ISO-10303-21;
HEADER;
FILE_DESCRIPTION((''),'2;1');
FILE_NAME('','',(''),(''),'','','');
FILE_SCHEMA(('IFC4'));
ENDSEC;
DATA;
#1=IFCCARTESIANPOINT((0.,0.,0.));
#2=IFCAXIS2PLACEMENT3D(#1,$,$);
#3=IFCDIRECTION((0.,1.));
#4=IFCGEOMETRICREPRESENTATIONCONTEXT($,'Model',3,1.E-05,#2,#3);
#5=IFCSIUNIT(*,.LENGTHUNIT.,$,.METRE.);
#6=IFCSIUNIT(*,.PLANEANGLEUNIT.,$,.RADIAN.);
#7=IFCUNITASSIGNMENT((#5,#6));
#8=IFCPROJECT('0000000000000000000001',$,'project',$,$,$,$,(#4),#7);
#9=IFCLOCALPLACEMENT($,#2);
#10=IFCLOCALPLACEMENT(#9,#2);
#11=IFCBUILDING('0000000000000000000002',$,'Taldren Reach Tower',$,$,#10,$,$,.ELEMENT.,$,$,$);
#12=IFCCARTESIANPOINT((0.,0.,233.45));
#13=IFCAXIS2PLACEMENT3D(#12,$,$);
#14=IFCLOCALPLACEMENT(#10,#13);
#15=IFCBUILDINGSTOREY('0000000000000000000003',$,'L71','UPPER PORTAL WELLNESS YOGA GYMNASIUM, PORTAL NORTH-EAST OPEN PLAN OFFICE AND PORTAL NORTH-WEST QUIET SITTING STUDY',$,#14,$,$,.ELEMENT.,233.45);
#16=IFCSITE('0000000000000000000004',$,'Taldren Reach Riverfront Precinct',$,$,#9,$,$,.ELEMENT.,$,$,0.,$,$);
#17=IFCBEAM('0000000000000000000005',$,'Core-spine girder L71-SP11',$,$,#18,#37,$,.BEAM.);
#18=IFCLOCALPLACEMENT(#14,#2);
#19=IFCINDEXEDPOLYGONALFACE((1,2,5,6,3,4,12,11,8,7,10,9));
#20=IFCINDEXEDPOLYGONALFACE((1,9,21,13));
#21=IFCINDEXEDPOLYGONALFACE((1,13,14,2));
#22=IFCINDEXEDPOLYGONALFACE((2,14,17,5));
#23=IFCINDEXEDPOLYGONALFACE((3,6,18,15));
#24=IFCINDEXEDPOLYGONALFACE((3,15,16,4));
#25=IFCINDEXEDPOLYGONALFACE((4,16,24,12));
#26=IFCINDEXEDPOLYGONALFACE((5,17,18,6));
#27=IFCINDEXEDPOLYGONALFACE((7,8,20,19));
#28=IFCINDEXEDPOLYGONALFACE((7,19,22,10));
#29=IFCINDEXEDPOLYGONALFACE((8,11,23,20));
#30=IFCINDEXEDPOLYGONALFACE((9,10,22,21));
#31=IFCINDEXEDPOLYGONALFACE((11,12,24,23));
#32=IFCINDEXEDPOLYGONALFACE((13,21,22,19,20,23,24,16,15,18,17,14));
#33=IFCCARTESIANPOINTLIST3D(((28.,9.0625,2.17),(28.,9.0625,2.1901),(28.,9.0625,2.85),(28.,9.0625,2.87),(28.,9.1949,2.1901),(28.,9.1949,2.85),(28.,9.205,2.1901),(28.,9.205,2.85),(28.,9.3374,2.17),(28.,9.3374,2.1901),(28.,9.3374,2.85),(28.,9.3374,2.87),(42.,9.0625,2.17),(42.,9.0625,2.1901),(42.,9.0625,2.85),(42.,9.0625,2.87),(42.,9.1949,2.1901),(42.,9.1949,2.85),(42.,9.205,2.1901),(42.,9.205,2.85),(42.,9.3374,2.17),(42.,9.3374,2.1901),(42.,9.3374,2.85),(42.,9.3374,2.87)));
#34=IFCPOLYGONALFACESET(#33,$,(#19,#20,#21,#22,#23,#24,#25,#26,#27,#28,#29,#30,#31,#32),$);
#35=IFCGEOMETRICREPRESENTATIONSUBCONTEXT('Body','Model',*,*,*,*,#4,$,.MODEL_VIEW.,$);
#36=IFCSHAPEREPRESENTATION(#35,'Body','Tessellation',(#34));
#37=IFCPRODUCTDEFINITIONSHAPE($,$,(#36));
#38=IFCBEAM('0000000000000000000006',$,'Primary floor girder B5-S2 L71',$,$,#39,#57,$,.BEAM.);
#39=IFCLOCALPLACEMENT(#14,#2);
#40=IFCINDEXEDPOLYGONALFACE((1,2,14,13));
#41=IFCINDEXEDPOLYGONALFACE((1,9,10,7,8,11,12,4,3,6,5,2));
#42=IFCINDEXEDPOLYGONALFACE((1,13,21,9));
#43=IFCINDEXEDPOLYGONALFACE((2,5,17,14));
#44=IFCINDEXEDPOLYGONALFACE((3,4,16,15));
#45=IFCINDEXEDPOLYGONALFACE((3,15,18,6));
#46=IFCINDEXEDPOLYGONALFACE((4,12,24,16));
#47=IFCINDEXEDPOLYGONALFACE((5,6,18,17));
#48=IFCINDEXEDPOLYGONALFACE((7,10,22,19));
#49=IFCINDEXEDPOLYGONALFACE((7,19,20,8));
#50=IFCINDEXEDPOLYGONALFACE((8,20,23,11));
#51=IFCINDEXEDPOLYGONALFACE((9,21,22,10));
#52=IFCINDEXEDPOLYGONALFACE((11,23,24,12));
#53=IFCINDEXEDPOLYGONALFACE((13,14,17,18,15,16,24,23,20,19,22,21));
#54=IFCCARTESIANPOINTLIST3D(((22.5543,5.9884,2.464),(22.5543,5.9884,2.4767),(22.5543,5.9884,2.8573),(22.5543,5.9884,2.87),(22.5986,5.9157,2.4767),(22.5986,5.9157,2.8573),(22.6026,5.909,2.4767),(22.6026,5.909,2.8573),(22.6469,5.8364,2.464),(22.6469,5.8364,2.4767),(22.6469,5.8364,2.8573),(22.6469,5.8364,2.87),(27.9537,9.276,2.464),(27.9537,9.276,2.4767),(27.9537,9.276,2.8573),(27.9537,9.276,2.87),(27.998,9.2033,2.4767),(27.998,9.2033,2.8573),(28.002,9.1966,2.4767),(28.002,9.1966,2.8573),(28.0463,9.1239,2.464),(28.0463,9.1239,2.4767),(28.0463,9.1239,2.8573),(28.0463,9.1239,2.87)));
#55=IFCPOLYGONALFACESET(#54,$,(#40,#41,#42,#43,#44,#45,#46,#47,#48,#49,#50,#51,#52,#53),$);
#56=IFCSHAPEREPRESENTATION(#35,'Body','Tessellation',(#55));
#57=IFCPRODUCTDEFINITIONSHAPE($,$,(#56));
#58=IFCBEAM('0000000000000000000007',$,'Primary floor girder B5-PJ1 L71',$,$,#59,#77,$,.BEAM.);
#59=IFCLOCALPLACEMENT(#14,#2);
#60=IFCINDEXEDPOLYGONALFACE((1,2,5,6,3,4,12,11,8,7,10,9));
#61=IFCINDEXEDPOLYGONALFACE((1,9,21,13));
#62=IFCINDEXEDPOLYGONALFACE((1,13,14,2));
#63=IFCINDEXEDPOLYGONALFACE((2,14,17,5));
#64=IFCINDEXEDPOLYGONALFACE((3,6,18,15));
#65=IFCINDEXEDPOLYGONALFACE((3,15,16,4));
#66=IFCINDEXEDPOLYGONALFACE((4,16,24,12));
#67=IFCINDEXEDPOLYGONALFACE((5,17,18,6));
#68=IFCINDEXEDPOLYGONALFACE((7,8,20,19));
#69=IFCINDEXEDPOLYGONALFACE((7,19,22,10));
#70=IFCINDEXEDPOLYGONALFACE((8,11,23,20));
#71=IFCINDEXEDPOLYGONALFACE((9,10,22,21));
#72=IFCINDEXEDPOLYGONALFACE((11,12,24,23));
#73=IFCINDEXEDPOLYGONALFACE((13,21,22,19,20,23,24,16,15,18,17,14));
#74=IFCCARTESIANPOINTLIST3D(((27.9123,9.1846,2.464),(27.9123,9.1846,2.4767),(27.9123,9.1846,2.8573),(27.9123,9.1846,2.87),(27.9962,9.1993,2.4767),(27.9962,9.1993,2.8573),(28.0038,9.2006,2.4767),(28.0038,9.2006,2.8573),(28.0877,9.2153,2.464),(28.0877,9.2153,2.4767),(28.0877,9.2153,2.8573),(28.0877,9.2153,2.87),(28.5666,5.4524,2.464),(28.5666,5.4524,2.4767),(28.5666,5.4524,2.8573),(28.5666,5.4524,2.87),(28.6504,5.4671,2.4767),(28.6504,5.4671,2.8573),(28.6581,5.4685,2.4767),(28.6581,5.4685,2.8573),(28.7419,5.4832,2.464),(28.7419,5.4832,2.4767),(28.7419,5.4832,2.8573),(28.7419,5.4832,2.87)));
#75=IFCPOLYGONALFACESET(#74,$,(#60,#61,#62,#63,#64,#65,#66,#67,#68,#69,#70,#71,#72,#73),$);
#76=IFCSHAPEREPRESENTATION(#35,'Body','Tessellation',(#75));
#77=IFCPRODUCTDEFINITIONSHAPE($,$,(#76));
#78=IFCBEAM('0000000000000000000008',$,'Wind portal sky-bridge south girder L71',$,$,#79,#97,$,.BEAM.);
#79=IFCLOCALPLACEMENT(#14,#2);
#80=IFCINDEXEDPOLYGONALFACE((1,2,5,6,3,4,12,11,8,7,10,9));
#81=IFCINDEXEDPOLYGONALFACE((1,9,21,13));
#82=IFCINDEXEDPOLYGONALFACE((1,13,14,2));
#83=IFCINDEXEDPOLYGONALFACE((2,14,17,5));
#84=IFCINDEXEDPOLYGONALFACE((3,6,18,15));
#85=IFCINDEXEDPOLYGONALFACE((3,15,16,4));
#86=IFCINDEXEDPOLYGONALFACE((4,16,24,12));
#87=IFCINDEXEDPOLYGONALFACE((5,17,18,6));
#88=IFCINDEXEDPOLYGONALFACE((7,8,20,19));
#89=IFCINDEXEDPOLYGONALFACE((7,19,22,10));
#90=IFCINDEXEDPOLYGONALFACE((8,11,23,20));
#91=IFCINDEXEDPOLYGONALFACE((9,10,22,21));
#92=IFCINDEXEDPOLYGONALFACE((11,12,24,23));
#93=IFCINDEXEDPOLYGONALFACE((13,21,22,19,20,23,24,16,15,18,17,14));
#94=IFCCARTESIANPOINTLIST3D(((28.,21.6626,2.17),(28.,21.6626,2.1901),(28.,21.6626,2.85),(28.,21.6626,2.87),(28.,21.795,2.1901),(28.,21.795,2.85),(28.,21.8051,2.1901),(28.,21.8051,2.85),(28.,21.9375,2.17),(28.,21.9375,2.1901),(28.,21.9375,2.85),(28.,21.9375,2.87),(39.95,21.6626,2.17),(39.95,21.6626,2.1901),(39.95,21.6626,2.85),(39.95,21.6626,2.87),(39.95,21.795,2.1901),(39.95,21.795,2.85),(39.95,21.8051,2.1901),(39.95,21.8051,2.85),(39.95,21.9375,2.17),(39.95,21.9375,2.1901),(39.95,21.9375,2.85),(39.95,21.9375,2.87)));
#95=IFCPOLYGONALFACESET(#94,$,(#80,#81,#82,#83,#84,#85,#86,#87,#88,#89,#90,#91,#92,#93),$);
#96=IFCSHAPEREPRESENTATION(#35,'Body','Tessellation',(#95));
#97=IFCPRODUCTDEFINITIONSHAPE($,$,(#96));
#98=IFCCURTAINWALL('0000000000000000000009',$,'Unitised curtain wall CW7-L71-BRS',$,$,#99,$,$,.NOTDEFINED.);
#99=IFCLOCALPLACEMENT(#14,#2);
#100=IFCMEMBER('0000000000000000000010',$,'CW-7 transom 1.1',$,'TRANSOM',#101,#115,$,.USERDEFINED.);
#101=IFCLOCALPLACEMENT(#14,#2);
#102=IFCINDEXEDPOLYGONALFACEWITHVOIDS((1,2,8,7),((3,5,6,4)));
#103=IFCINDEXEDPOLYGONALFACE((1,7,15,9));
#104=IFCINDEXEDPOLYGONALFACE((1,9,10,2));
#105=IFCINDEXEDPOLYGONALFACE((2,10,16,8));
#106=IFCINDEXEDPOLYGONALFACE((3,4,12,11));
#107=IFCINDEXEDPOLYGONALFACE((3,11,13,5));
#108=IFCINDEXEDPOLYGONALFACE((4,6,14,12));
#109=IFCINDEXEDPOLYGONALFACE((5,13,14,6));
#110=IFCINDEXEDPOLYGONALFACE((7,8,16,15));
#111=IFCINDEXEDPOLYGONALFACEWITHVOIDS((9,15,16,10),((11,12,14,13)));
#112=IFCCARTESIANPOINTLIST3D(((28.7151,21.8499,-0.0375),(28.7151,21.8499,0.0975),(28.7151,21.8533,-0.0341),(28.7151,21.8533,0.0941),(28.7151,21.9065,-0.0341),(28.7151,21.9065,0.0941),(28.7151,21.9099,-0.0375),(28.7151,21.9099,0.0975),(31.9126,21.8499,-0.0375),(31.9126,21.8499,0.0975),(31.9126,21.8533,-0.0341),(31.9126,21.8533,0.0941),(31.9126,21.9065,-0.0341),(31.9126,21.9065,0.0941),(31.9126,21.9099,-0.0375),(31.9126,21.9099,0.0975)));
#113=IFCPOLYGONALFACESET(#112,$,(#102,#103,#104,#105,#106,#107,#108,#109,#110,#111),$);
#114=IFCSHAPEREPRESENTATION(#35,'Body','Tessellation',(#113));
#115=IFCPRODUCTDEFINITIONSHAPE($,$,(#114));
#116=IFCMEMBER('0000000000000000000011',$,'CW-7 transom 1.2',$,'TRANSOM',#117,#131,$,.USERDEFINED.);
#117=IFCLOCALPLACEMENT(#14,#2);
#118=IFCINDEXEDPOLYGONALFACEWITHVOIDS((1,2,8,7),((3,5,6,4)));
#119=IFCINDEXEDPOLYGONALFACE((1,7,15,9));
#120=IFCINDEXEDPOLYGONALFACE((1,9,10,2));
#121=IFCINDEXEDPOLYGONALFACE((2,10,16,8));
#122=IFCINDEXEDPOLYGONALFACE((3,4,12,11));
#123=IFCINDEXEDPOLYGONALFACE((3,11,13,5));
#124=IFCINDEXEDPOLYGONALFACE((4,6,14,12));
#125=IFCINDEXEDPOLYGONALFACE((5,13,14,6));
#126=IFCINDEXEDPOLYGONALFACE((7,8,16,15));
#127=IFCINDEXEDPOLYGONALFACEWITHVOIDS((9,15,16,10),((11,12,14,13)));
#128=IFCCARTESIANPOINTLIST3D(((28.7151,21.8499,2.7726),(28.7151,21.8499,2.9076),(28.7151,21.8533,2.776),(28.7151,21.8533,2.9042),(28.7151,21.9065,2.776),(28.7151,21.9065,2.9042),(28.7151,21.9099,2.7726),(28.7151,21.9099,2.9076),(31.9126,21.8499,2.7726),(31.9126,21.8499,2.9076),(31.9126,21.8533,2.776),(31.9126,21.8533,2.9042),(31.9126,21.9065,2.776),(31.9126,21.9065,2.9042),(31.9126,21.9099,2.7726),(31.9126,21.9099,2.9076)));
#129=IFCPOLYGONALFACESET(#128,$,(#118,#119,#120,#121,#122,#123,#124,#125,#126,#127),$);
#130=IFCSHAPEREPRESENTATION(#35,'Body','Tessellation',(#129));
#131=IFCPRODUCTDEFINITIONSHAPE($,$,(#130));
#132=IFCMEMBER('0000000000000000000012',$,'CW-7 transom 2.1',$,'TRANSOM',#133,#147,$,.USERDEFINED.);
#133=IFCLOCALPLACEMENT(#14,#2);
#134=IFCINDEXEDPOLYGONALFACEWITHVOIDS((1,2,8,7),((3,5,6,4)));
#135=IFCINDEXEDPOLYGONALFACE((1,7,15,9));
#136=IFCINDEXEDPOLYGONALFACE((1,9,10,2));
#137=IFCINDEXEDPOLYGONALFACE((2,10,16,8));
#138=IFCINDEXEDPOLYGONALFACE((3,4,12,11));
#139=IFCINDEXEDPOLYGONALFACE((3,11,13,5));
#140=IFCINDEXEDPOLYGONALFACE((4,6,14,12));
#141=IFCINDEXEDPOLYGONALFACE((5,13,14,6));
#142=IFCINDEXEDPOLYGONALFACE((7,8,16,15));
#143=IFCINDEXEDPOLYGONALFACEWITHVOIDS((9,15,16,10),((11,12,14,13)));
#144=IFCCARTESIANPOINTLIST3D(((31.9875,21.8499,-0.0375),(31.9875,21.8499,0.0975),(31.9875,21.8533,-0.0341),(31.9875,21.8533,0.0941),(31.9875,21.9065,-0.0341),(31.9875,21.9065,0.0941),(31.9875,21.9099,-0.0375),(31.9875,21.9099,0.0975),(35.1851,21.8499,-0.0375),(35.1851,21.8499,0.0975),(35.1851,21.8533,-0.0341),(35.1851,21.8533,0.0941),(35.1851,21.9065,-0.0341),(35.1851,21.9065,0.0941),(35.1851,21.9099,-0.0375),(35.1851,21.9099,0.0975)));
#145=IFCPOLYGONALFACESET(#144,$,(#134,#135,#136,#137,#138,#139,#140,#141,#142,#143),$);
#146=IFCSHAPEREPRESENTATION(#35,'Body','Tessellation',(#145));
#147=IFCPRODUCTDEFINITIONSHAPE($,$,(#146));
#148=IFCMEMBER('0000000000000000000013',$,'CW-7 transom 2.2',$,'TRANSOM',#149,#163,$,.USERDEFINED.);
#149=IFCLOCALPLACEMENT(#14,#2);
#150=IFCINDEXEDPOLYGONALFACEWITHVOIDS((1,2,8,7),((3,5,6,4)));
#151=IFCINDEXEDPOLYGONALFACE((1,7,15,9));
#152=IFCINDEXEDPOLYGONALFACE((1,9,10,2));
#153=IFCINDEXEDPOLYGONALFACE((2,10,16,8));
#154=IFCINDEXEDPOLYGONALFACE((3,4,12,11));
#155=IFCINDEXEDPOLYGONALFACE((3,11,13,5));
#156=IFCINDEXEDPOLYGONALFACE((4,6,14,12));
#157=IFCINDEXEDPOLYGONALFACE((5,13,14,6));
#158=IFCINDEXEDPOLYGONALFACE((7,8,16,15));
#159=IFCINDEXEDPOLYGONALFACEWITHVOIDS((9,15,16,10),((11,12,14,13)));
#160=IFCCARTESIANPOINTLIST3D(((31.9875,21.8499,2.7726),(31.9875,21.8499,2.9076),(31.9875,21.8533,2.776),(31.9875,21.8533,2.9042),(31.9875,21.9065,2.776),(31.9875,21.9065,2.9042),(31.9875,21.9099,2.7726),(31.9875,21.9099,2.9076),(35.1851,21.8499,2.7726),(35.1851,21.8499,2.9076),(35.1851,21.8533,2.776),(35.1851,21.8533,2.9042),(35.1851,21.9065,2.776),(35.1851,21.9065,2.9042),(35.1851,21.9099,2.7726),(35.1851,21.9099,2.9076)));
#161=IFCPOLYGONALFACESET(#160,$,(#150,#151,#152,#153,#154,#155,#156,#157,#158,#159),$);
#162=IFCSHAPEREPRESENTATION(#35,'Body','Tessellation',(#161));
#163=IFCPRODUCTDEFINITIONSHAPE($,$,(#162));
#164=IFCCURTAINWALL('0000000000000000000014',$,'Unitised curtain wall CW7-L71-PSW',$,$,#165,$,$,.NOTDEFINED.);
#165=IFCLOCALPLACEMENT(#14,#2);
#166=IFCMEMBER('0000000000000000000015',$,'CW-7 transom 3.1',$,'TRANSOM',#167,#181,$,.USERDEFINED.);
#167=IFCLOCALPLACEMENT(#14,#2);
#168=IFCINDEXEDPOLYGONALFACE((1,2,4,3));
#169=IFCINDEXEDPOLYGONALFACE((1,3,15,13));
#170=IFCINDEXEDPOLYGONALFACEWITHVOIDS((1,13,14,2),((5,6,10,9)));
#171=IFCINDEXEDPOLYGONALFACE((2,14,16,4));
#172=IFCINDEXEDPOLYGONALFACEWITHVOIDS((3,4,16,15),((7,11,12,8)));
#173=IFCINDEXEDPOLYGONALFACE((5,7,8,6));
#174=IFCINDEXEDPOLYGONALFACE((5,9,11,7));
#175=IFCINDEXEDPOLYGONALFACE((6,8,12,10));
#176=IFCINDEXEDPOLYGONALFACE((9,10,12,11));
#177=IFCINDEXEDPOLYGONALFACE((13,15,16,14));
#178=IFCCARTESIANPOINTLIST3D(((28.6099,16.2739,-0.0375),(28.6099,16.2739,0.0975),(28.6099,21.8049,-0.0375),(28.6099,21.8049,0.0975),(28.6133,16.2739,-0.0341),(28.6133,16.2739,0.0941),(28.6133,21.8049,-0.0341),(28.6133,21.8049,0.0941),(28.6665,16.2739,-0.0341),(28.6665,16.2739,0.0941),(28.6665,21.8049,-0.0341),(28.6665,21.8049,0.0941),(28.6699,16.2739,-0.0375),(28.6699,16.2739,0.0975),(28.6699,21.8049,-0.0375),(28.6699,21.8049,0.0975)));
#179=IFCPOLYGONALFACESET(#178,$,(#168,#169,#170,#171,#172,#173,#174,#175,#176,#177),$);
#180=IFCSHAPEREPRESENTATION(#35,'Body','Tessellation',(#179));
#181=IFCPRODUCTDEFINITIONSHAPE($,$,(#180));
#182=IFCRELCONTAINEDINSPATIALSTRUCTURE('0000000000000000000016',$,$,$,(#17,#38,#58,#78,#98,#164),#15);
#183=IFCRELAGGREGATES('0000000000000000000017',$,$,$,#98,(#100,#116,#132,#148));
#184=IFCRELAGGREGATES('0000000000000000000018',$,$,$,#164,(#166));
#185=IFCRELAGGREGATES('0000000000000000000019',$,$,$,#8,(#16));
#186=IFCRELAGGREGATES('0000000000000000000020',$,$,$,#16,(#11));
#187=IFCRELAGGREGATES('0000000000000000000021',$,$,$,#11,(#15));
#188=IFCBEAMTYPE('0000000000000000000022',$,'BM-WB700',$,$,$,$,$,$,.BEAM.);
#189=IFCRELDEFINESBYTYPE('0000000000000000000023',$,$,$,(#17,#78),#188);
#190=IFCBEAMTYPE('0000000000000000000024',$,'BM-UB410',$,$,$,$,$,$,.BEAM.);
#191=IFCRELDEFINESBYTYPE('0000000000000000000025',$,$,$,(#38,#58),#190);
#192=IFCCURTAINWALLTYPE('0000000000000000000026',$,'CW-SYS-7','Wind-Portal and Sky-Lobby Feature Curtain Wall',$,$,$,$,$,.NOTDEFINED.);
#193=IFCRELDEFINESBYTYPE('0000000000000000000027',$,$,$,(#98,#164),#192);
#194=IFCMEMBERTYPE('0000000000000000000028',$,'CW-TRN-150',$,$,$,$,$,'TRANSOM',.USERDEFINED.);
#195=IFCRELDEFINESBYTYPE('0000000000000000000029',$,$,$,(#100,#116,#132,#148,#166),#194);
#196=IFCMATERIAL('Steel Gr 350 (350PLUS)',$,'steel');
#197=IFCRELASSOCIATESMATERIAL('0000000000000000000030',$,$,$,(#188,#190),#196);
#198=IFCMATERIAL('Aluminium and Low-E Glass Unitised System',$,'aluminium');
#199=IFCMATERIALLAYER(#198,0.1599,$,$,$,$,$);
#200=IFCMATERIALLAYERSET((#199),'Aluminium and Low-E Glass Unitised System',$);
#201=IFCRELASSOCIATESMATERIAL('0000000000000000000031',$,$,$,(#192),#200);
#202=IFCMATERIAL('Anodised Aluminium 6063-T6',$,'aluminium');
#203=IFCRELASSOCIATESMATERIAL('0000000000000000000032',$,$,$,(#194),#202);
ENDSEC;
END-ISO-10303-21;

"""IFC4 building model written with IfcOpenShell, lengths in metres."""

from ifc_helpers import new_model, si_unit, direction, frame, origin, origin_2d, place, context, subcontext, project, spatial, hollow_rectangle, i_section, extrude, source, transform, mapped, material, layer, layer_set, material_profile, profile_set, type_object, element, aggregate, save


model = new_model("IFC4")

# Units and contexts
model_context = context("Model", 3, precision=1e-05, world=origin(), true_north=direction((0.0, 1.0)))
body_context = subcontext(model_context, "Body", "Model", "MODEL_VIEW")
ifc_project = project(units=[si_unit("LENGTHUNIT", "METRE"), si_unit("PLANEANGLEUNIT", "RADIAN")], contexts=[model_context])

# Site, building, storey
site_placement = place(None, origin())
site = spatial("IfcSite", under=ifc_project, at=site_placement, Name="Taldren Reach Riverfront Precinct", CompositionType="ELEMENT", RefElevation=0.0)
building_placement = place(site_placement, origin())
building = spatial("IfcBuilding", under=site, at=building_placement, Name="Taldren Reach Tower", CompositionType="ELEMENT")
storey_placement = place(building_placement, frame((0.0, 0.0, 233.45)))
storey = spatial("IfcBuildingStorey", under=building, at=storey_placement, Name="L71", Description="UPPER PORTAL WELLNESS YOGA GYMNASIUM, PORTAL NORTH-EAST OPEN PLAN OFFICE AND PORTAL NORTH-WEST QUIET SITTING STUDY", CompositionType="ELEMENT", Elevation=233.45)

# Beams
ifc_material_1 = material(Name="Steel Gr 350 (350PLUS)", Category="steel")
ifc_material_profile_1 = material_profile(ifc_material_1, i_section(OverallWidth=0.2749, OverallDepth=0.7, WebThickness=0.01, FlangeThickness=0.02, at=origin_2d()), Name="700WB150")
ifc_profile_set_1 = profile_set([ifc_material_profile_1], Name="Steel Gr 350 (350PLUS)")
beam_type_1 = type_object("IfcBeamType", Name="BM-WB700", PredefinedType="BEAM", material=ifc_profile_set_1)
shared_shape_1 = source(origin(), body_context, "Body", "SweptSolid", [
    extrude(i_section(OverallWidth=0.2749, OverallDepth=0.7, WebThickness=0.01, FlangeThickness=0.02, at=origin_2d()), origin(), (0.0, 0.0, 1.0), 14.0),
])
beam_1_placement = place(storey_placement, frame((28.0, 9.2, 2.52), z_axis=(1.0, 0.0, 0.0), x_axis=(0.0, 1.0, 0.0)))
element("IfcBeam", 1, at=beam_1_placement, inside=storey, type_object=beam_type_1, Name="Core-spine girder L71-SP11", PredefinedType="BEAM", context=body_context, shape_type="MappedRepresentation", body=[
    mapped(shared_shape_1, transform((0.0, 0.0, 0.0), scale=1.0)),
])
ifc_material_profile_2 = material_profile(ifc_material_1, i_section(OverallWidth=0.178, OverallDepth=0.406, WebThickness=0.0078, FlangeThickness=0.0127, at=origin_2d()), Name="410UB59.7")
ifc_profile_set_2 = profile_set([ifc_material_profile_2], Name="Steel Gr 350 (350PLUS)")
beam_type_2 = type_object("IfcBeamType", Name="BM-UB410", PredefinedType="BEAM", material=ifc_profile_set_2)
shared_shape_2 = source(origin(), body_context, "Body", "SweptSolid", [
    extrude(i_section(OverallWidth=0.178, OverallDepth=0.406, WebThickness=0.0078, FlangeThickness=0.0127, at=origin_2d()), origin(), (0.0, 0.0, 1.0), 6.3215),
])
beam_2_placement = place(storey_placement, frame((28.0, 9.2, 2.667), z_axis=(-0.854128, -0.520062, 0.0), x_axis=(0.520062, -0.854128, 0.0)))
element("IfcBeam", 2, at=beam_2_placement, inside=storey, type_object=beam_type_2, Name="Primary floor girder B5-S2 L71", PredefinedType="BEAM", context=body_context, shape_type="MappedRepresentation", body=[
    mapped(shared_shape_2, transform((0.0, 0.0, 0.0), scale=1.0)),
])
shared_shape_3 = source(origin(), body_context, "Body", "SweptSolid", [
    extrude(i_section(OverallWidth=0.178, OverallDepth=0.406, WebThickness=0.0078, FlangeThickness=0.0127, at=origin_2d()), origin(), (0.0, 0.0, 1.0), 3.7891),
])
beam_3_placement = place(storey_placement, frame((28.0, 9.2, 2.667), z_axis=(0.172679, -0.984978, 0.0), x_axis=(0.984978, 0.172679, 0.0)))
element("IfcBeam", 3, at=beam_3_placement, inside=storey, type_object=beam_type_2, Name="Primary floor girder B5-PJ1 L71", PredefinedType="BEAM", context=body_context, shape_type="MappedRepresentation", body=[
    mapped(shared_shape_3, transform((0.0, 0.0, 0.0), scale=1.0)),
])
shared_shape_4 = source(origin(), body_context, "Body", "SweptSolid", [
    extrude(i_section(OverallWidth=0.2749, OverallDepth=0.7, WebThickness=0.01, FlangeThickness=0.02, at=origin_2d()), origin(), (0.0, 0.0, 1.0), 11.95),
])
beam_4_placement = place(storey_placement, frame((28.0, 21.8, 2.52), z_axis=(1.0, 0.0, 0.0), x_axis=(0.0, 1.0, 0.0)))
element("IfcBeam", 4, at=beam_4_placement, inside=storey, type_object=beam_type_1, Name="Wind portal sky-bridge south girder L71", PredefinedType="BEAM", context=body_context, shape_type="MappedRepresentation", body=[
    mapped(shared_shape_4, transform((0.0, 0.0, 0.0), scale=1.0)),
])

# Curtain walls, members
ifc_material_2 = material(Name="Aluminium and Low-E Glass Unitised System", Category="aluminium")
ifc_layer_1 = layer(ifc_material_2, 0.1599)
ifc_layer_set_1 = layer_set([ifc_layer_1], Name="Aluminium and Low-E Glass Unitised System")
curtain_wall_type = type_object("IfcCurtainWallType", Name="CW-SYS-7", Description="Wind-Portal and Sky-Lobby Feature Curtain Wall", PredefinedType="NOTDEFINED", material=ifc_layer_set_1)
curtain_wall_1_placement = place(storey_placement, origin())
curtain_wall_1 = element("IfcCurtainWall", 5, at=curtain_wall_1_placement, inside=storey, type_object=curtain_wall_type, Name="Unitised curtain wall CW7-L71-BRS", PredefinedType="NOTDEFINED")
ifc_material_3 = material(Name="Anodised Aluminium 6063-T6", Category="aluminium")
ifc_material_profile_3 = material_profile(ifc_material_3, hollow_rectangle(XDim=0.0601, YDim=0.135, WallThickness=0.0034, at=origin_2d()), Name="ALU-135x60x3.5RHS")
ifc_profile_set_3 = profile_set([ifc_material_profile_3], Name="Anodised Aluminium 6063-T6")
member_type_1 = type_object("IfcMemberType", Name="CW-TRN-150", ElementType="TRANSOM", PredefinedType="USERDEFINED", material=ifc_profile_set_3)
shared_shape_5 = source(origin(), body_context, "Body", "SweptSolid", [
    extrude(hollow_rectangle(XDim=0.0601, YDim=0.135, WallThickness=0.0034, at=origin_2d()), origin(), (0.0, 0.0, 1.0), 3.1975),
])
member_1_placement = place(storey_placement, frame((28.7151, 21.8799, 0.03), z_axis=(1.0, 0.0, 0.0), x_axis=(0.0, 1.0, 0.0)))
member_1 = element("IfcMember", 6, at=member_1_placement, type_object=member_type_1, Name="CW-7 transom 1.1", ObjectType="TRANSOM", PredefinedType="USERDEFINED", context=body_context, shape_type="MappedRepresentation", body=[
    mapped(shared_shape_5, transform((0.0, 0.0, 0.0), scale=1.0)),
])
member_2_placement = place(storey_placement, frame((28.7151, 21.8799, 2.8401), z_axis=(1.0, 0.0, 0.0), x_axis=(0.0, 1.0, 0.0)))
member_2 = element("IfcMember", 7, at=member_2_placement, type_object=member_type_1, Name="CW-7 transom 1.2", ObjectType="TRANSOM", PredefinedType="USERDEFINED", context=body_context, shape_type="MappedRepresentation", body=[
    mapped(shared_shape_5, transform((0.0, 0.0, 0.0), scale=1.0)),
])
member_3_placement = place(storey_placement, frame((31.9875, 21.8799, 0.03), z_axis=(1.0, 0.0, 0.0), x_axis=(0.0, 1.0, 0.0)))
member_3 = element("IfcMember", 8, at=member_3_placement, type_object=member_type_1, Name="CW-7 transom 2.1", ObjectType="TRANSOM", PredefinedType="USERDEFINED", context=body_context, shape_type="MappedRepresentation", body=[
    mapped(shared_shape_5, transform((0.0, 0.0, 0.0), scale=1.0)),
])
member_4_placement = place(storey_placement, frame((31.9875, 21.8799, 2.8401), z_axis=(1.0, 0.0, 0.0), x_axis=(0.0, 1.0, 0.0)))
member_4 = element("IfcMember", 9, at=member_4_placement, type_object=member_type_1, Name="CW-7 transom 2.2", ObjectType="TRANSOM", PredefinedType="USERDEFINED", context=body_context, shape_type="MappedRepresentation", body=[
    mapped(shared_shape_5, transform((0.0, 0.0, 0.0), scale=1.0)),
])
curtain_wall_2_placement = place(storey_placement, origin())
curtain_wall_2 = element("IfcCurtainWall", 10, at=curtain_wall_2_placement, inside=storey, type_object=curtain_wall_type, Name="Unitised curtain wall CW7-L71-PSW", PredefinedType="NOTDEFINED")
shared_shape_6 = source(origin(), body_context, "Body", "SweptSolid", [
    extrude(hollow_rectangle(XDim=0.0601, YDim=0.135, WallThickness=0.0034, at=origin_2d()), origin(), (0.0, 0.0, 1.0), 5.531),
])
member_5_placement = place(storey_placement, frame((28.6399, 16.2739, 0.03), z_axis=(0.0, 1.0, 0.0), x_axis=(-1.0, 0.0, 0.0)))
member_5 = element("IfcMember", 11, at=member_5_placement, type_object=member_type_1, Name="CW-7 transom 3.1", ObjectType="TRANSOM", PredefinedType="USERDEFINED", context=body_context, shape_type="MappedRepresentation", body=[
    mapped(shared_shape_6, transform((0.0, 0.0, 0.0), scale=1.0)),
])

aggregate(curtain_wall_1, [member_1, member_2, member_3, member_4])
aggregate(curtain_wall_2, [member_5])

save(model, "model.ifc")
